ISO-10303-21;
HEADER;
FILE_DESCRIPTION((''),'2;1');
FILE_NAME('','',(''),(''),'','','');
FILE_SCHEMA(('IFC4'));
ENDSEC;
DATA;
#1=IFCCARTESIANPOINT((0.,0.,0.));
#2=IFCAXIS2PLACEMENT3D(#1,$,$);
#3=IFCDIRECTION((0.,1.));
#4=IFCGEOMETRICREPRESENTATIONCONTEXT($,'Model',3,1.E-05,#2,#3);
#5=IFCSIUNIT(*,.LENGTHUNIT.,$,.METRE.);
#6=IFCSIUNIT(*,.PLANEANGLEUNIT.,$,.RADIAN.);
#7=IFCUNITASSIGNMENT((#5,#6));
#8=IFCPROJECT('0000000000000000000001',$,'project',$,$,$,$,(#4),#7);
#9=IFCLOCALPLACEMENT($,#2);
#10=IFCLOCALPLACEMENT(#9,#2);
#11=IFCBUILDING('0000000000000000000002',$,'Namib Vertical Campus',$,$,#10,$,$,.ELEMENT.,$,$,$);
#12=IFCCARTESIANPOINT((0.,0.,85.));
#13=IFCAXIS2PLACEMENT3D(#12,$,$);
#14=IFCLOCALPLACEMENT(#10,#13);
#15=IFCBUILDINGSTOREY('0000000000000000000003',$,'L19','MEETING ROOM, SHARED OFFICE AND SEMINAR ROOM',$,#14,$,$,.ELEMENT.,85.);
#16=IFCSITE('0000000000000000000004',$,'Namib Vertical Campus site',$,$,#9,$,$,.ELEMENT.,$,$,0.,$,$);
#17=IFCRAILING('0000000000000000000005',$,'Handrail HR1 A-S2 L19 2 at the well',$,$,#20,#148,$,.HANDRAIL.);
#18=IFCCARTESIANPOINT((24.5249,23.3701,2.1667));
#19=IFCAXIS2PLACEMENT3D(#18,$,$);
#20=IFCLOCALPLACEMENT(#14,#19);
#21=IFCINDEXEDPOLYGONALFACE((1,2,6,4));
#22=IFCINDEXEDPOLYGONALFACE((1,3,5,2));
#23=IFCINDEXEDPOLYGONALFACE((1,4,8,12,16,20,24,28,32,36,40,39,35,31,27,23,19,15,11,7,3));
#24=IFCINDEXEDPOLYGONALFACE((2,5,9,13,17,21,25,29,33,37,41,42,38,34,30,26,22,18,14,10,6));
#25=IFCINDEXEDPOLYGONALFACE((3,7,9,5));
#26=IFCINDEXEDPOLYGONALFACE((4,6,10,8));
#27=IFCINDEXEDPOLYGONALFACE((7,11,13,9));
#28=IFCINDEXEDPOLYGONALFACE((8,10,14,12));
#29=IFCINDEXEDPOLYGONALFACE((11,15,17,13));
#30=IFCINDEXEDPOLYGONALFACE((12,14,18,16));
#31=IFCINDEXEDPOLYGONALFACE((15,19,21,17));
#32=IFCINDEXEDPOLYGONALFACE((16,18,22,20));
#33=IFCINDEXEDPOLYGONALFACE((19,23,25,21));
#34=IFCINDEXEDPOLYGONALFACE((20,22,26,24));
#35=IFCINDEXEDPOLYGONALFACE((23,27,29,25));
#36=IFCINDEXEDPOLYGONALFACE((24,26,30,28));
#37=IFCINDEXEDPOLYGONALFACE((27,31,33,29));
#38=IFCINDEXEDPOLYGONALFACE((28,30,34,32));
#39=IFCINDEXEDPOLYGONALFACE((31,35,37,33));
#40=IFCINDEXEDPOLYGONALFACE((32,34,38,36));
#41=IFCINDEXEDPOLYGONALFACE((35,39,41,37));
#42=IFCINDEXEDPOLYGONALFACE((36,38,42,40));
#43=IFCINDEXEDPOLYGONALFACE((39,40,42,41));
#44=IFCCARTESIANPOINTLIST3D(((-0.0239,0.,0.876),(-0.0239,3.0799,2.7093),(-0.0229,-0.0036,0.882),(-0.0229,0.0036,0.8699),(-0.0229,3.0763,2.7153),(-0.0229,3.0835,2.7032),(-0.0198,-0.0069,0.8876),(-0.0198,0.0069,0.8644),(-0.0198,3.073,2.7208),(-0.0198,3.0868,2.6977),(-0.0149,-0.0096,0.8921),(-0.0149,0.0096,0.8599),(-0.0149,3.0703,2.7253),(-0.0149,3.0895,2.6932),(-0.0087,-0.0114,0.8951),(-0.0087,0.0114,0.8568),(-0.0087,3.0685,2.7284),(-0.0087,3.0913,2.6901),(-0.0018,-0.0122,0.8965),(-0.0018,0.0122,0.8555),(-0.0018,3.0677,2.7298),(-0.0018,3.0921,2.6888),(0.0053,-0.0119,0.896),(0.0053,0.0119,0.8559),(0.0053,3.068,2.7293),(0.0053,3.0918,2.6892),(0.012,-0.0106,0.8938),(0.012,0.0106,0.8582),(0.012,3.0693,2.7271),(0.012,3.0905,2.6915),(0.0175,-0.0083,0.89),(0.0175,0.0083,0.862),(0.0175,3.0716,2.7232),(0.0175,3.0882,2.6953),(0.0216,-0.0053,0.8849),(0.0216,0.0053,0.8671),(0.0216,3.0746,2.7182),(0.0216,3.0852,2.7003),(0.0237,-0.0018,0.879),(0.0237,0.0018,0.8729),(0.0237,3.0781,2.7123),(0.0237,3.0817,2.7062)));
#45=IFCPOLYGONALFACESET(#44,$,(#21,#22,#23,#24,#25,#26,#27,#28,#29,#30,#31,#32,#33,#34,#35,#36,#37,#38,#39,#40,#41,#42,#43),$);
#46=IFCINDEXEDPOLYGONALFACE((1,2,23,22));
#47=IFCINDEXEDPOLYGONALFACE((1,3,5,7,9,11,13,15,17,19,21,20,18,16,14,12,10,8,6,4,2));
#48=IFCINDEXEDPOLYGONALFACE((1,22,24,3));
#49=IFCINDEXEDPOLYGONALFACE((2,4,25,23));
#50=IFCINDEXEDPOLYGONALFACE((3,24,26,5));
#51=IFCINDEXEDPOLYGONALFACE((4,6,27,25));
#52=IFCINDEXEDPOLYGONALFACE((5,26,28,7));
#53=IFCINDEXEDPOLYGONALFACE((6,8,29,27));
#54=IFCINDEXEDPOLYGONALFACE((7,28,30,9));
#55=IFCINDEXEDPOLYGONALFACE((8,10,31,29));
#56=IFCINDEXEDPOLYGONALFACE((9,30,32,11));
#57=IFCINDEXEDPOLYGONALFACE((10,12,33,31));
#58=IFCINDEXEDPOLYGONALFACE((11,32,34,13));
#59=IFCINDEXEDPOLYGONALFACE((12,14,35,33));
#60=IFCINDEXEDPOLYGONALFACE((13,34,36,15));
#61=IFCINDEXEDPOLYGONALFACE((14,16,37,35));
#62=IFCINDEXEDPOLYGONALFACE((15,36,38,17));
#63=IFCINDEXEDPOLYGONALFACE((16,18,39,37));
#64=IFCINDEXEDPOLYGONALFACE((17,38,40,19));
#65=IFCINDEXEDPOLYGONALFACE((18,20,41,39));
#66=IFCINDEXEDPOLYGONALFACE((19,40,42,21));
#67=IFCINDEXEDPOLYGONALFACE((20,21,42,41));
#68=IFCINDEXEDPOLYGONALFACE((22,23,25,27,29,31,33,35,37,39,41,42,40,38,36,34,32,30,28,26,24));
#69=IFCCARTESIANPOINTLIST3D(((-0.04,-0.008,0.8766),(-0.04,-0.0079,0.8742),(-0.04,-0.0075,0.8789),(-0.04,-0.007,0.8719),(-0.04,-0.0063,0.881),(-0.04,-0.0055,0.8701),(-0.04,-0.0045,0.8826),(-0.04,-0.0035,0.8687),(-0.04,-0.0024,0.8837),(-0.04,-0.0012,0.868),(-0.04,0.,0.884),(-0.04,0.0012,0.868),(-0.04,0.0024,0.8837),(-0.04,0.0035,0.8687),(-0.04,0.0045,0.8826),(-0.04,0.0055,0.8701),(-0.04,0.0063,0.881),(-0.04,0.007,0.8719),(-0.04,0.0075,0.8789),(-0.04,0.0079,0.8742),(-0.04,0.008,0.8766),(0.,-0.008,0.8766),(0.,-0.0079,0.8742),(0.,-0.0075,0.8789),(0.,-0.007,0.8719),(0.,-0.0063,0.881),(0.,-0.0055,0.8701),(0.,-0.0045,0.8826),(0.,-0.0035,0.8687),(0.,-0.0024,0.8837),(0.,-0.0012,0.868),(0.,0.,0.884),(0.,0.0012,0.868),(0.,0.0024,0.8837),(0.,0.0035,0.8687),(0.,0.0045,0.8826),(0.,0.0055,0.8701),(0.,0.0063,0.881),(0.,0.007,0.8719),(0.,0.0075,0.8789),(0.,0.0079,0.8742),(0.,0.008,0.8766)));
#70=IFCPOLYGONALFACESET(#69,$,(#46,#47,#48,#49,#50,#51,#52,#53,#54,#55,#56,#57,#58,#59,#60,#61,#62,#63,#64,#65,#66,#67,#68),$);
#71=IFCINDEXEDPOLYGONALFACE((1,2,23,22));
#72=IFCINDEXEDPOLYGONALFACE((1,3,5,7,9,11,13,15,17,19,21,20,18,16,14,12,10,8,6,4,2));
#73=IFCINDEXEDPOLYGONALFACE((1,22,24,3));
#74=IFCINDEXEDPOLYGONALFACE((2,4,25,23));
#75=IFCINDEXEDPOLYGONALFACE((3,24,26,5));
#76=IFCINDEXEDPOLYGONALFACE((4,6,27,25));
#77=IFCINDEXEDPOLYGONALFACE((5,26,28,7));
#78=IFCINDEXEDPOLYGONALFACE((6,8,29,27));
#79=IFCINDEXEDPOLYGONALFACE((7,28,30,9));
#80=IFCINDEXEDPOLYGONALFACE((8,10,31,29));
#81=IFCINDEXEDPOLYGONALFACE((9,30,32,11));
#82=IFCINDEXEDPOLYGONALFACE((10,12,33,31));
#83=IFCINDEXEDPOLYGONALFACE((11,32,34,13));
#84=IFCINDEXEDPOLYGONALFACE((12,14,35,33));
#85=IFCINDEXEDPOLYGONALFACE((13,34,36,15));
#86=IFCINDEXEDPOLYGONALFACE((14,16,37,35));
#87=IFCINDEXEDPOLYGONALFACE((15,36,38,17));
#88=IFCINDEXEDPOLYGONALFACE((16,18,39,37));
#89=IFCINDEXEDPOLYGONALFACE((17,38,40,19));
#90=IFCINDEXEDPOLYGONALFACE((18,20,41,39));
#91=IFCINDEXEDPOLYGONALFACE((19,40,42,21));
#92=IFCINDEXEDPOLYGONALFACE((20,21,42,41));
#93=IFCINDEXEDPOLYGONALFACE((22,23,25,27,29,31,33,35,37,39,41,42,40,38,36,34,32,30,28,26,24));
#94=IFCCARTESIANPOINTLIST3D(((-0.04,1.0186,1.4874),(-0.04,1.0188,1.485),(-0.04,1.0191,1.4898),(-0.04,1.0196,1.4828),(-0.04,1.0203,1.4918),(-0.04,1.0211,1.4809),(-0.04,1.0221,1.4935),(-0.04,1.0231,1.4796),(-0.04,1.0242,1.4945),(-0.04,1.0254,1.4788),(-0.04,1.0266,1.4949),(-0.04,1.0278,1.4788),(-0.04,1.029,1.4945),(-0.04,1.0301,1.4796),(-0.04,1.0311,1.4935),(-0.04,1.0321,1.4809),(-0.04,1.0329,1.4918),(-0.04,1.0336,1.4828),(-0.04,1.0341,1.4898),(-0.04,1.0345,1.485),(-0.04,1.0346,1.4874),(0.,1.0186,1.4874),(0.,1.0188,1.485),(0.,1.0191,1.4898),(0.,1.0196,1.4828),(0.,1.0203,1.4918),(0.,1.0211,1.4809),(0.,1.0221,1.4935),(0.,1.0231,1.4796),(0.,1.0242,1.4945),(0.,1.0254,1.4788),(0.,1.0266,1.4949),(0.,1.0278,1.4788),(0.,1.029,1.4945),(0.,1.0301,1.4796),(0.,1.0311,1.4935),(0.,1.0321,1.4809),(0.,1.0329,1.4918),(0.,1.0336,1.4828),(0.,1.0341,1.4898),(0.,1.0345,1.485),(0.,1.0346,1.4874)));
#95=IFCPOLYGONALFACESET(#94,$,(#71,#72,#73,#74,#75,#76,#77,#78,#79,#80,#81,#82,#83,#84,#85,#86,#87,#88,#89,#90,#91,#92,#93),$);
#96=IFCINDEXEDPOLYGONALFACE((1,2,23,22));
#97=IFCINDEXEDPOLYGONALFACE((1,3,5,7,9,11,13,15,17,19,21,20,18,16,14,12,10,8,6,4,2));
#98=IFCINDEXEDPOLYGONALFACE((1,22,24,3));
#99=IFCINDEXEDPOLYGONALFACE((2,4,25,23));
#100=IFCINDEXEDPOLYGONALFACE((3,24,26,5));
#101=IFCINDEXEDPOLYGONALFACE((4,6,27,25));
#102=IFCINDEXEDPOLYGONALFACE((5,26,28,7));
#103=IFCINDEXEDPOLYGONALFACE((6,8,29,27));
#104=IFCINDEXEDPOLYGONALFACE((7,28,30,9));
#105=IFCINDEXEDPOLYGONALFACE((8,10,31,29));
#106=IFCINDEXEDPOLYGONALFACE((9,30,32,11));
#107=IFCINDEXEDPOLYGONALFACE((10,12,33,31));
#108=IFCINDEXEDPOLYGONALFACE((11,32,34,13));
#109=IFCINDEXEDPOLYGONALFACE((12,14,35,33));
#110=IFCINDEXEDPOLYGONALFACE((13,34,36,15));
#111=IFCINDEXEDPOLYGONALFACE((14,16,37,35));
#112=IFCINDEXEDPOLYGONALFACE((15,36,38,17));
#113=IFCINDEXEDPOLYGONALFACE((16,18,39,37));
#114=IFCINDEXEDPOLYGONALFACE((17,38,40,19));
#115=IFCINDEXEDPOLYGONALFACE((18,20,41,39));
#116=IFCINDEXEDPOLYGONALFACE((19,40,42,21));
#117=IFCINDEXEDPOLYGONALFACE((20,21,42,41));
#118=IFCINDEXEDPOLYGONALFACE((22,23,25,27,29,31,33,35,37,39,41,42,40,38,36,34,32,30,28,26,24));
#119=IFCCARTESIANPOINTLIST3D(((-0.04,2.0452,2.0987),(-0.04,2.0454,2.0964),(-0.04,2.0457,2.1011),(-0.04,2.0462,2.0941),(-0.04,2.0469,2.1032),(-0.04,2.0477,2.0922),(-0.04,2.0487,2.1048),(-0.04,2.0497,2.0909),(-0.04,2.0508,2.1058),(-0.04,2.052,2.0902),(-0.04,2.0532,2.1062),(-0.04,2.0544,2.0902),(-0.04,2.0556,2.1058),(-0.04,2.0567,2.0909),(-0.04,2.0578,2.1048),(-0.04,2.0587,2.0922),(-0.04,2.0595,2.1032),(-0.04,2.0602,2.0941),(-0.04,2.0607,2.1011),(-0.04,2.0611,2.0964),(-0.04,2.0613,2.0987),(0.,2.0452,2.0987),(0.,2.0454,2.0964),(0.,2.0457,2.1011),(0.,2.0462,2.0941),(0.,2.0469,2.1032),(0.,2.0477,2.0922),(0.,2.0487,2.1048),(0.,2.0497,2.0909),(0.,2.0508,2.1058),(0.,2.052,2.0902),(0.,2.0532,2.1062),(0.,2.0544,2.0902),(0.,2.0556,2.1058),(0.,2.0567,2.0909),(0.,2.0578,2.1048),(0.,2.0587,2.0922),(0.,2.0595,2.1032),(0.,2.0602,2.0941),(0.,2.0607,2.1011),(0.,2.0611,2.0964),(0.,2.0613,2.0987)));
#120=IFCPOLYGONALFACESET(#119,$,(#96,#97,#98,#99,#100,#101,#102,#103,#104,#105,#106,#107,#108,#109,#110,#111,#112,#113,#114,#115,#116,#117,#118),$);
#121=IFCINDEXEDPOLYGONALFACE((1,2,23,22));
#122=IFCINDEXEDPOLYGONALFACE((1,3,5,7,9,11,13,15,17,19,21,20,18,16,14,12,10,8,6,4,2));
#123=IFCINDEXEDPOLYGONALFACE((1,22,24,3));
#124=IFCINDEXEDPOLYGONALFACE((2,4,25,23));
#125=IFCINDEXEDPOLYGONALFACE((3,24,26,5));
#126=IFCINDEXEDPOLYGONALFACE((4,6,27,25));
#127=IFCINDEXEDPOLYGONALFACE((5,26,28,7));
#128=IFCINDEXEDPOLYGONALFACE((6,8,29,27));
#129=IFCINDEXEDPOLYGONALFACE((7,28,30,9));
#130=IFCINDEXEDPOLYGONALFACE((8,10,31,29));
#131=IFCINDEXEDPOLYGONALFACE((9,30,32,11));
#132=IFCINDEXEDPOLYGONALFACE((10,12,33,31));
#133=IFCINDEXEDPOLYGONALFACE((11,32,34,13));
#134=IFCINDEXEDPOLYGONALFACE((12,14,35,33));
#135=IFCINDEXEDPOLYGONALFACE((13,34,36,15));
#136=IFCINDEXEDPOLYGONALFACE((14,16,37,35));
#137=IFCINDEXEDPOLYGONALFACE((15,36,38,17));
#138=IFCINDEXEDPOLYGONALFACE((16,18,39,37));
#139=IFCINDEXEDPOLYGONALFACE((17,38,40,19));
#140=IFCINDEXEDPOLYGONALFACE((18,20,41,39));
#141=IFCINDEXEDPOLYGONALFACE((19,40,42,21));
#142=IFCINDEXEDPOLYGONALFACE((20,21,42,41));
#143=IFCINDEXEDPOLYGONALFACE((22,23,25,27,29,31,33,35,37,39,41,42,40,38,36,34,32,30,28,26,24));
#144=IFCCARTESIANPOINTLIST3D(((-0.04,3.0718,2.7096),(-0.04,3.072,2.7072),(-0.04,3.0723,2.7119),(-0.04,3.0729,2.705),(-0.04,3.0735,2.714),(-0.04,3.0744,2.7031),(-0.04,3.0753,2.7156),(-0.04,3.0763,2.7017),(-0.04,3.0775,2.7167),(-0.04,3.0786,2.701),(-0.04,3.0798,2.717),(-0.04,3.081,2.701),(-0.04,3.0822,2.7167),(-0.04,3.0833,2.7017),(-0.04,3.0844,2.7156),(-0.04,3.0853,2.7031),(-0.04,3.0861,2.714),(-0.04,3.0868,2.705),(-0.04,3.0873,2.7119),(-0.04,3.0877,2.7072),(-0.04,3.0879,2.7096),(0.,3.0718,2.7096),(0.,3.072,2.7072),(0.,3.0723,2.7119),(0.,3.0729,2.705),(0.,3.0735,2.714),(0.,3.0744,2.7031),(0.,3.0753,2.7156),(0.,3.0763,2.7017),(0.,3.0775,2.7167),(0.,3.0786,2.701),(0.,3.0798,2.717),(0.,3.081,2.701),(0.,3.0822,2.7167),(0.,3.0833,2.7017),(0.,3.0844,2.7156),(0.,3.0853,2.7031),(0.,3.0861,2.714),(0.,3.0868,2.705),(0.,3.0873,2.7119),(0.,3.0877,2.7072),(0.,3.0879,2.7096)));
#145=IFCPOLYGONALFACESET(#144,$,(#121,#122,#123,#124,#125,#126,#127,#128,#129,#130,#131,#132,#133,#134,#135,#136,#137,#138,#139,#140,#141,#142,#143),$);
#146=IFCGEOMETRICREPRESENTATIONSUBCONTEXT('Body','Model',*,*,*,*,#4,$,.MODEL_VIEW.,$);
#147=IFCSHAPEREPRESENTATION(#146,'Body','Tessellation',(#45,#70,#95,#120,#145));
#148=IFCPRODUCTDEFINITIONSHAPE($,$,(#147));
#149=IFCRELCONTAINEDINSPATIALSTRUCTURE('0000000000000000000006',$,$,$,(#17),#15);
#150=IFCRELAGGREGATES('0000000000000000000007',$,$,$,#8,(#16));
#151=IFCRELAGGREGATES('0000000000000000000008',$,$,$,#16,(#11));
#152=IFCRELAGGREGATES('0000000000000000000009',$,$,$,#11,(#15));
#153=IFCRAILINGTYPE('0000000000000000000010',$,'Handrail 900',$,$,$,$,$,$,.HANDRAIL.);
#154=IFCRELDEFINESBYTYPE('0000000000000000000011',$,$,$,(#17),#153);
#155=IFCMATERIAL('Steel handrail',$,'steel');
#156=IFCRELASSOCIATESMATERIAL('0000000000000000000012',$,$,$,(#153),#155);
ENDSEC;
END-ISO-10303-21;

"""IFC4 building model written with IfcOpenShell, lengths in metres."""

from ifc_helpers import new_model, si_unit, direction, frame, origin, origin_2d, place, context, subcontext, project, spatial, circle, extrude, material, type_object, element, save


model = new_model("IFC4")

# Units and contexts
model_context = context("Model", 3, precision=1e-05, world=origin(), true_north=direction((0.0, 1.0)))
body_context = subcontext(model_context, "Body", "Model", "MODEL_VIEW")
ifc_project = project(units=[si_unit("LENGTHUNIT", "METRE"), si_unit("PLANEANGLEUNIT", "RADIAN")], contexts=[model_context])

# Site, building, storey
site_placement = place(None, origin())
site = spatial("IfcSite", under=ifc_project, at=site_placement, Name="Namib Vertical Campus site", CompositionType="ELEMENT", RefElevation=0.0)
building_placement = place(site_placement, origin())
building = spatial("IfcBuilding", under=site, at=building_placement, Name="Namib Vertical Campus", CompositionType="ELEMENT")
storey_placement = place(building_placement, frame((0.0, 0.0, 85.0)))
storey = spatial("IfcBuildingStorey", under=building, at=storey_placement, Name="L19", Description="MEETING ROOM, SHARED OFFICE AND SEMINAR ROOM", CompositionType="ELEMENT", Elevation=85.0)

# Railing
ifc_material_1 = material(Name="Steel handrail", Category="steel")
railing_type_1 = type_object("IfcRailingType", Name="Handrail 900", PredefinedType="HANDRAIL", material=ifc_material_1)
railing_1_placement = place(storey_placement, frame((24.5249, 23.3701, 2.1667)))
element("IfcRailing", 1, at=railing_1_placement, inside=storey, type_object=railing_type_1, Name="Handrail HR1 A-S2 L19 2 at the well", PredefinedType="HANDRAIL", context=body_context, shape_type="SweptSolid", body=[
    extrude(circle(Radius=0.0239, at=origin_2d()), frame((0.0, 0.0, 0.876), z_axis=(0.0, 0.859291, 0.511487), x_axis=(-1.0, 0.0, 0.0)), (0.0, 0.0, 1.0), 3.5842),
    extrude(circle(Radius=0.0081, at=origin_2d()), frame((0.0, 0.0, 0.876), z_axis=(-1.0, 0.0, 0.0), x_axis=(0.0, 0.0, 1.0)), (0.0, 0.0, 1.0), 0.04),
    extrude(circle(Radius=0.0081, at=origin_2d()), frame((0.0, 1.0266, 1.4868), z_axis=(-1.0, 0.0, 0.0), x_axis=(0.0, 0.0, 1.0)), (0.0, 0.0, 1.0), 0.04),
    extrude(circle(Radius=0.0081, at=origin_2d()), frame((0.0, 2.0532, 2.0981), z_axis=(-1.0, 0.0, 0.0), x_axis=(0.0, 0.0, 1.0)), (0.0, 0.0, 1.0), 0.04),
    extrude(circle(Radius=0.0081, at=origin_2d()), frame((0.0, 3.0798, 2.709), z_axis=(-1.0, 0.0, 0.0), x_axis=(0.0, 0.0, 1.0)), (0.0, 0.0, 1.0), 0.04),
])

save(model, "model.ifc")
